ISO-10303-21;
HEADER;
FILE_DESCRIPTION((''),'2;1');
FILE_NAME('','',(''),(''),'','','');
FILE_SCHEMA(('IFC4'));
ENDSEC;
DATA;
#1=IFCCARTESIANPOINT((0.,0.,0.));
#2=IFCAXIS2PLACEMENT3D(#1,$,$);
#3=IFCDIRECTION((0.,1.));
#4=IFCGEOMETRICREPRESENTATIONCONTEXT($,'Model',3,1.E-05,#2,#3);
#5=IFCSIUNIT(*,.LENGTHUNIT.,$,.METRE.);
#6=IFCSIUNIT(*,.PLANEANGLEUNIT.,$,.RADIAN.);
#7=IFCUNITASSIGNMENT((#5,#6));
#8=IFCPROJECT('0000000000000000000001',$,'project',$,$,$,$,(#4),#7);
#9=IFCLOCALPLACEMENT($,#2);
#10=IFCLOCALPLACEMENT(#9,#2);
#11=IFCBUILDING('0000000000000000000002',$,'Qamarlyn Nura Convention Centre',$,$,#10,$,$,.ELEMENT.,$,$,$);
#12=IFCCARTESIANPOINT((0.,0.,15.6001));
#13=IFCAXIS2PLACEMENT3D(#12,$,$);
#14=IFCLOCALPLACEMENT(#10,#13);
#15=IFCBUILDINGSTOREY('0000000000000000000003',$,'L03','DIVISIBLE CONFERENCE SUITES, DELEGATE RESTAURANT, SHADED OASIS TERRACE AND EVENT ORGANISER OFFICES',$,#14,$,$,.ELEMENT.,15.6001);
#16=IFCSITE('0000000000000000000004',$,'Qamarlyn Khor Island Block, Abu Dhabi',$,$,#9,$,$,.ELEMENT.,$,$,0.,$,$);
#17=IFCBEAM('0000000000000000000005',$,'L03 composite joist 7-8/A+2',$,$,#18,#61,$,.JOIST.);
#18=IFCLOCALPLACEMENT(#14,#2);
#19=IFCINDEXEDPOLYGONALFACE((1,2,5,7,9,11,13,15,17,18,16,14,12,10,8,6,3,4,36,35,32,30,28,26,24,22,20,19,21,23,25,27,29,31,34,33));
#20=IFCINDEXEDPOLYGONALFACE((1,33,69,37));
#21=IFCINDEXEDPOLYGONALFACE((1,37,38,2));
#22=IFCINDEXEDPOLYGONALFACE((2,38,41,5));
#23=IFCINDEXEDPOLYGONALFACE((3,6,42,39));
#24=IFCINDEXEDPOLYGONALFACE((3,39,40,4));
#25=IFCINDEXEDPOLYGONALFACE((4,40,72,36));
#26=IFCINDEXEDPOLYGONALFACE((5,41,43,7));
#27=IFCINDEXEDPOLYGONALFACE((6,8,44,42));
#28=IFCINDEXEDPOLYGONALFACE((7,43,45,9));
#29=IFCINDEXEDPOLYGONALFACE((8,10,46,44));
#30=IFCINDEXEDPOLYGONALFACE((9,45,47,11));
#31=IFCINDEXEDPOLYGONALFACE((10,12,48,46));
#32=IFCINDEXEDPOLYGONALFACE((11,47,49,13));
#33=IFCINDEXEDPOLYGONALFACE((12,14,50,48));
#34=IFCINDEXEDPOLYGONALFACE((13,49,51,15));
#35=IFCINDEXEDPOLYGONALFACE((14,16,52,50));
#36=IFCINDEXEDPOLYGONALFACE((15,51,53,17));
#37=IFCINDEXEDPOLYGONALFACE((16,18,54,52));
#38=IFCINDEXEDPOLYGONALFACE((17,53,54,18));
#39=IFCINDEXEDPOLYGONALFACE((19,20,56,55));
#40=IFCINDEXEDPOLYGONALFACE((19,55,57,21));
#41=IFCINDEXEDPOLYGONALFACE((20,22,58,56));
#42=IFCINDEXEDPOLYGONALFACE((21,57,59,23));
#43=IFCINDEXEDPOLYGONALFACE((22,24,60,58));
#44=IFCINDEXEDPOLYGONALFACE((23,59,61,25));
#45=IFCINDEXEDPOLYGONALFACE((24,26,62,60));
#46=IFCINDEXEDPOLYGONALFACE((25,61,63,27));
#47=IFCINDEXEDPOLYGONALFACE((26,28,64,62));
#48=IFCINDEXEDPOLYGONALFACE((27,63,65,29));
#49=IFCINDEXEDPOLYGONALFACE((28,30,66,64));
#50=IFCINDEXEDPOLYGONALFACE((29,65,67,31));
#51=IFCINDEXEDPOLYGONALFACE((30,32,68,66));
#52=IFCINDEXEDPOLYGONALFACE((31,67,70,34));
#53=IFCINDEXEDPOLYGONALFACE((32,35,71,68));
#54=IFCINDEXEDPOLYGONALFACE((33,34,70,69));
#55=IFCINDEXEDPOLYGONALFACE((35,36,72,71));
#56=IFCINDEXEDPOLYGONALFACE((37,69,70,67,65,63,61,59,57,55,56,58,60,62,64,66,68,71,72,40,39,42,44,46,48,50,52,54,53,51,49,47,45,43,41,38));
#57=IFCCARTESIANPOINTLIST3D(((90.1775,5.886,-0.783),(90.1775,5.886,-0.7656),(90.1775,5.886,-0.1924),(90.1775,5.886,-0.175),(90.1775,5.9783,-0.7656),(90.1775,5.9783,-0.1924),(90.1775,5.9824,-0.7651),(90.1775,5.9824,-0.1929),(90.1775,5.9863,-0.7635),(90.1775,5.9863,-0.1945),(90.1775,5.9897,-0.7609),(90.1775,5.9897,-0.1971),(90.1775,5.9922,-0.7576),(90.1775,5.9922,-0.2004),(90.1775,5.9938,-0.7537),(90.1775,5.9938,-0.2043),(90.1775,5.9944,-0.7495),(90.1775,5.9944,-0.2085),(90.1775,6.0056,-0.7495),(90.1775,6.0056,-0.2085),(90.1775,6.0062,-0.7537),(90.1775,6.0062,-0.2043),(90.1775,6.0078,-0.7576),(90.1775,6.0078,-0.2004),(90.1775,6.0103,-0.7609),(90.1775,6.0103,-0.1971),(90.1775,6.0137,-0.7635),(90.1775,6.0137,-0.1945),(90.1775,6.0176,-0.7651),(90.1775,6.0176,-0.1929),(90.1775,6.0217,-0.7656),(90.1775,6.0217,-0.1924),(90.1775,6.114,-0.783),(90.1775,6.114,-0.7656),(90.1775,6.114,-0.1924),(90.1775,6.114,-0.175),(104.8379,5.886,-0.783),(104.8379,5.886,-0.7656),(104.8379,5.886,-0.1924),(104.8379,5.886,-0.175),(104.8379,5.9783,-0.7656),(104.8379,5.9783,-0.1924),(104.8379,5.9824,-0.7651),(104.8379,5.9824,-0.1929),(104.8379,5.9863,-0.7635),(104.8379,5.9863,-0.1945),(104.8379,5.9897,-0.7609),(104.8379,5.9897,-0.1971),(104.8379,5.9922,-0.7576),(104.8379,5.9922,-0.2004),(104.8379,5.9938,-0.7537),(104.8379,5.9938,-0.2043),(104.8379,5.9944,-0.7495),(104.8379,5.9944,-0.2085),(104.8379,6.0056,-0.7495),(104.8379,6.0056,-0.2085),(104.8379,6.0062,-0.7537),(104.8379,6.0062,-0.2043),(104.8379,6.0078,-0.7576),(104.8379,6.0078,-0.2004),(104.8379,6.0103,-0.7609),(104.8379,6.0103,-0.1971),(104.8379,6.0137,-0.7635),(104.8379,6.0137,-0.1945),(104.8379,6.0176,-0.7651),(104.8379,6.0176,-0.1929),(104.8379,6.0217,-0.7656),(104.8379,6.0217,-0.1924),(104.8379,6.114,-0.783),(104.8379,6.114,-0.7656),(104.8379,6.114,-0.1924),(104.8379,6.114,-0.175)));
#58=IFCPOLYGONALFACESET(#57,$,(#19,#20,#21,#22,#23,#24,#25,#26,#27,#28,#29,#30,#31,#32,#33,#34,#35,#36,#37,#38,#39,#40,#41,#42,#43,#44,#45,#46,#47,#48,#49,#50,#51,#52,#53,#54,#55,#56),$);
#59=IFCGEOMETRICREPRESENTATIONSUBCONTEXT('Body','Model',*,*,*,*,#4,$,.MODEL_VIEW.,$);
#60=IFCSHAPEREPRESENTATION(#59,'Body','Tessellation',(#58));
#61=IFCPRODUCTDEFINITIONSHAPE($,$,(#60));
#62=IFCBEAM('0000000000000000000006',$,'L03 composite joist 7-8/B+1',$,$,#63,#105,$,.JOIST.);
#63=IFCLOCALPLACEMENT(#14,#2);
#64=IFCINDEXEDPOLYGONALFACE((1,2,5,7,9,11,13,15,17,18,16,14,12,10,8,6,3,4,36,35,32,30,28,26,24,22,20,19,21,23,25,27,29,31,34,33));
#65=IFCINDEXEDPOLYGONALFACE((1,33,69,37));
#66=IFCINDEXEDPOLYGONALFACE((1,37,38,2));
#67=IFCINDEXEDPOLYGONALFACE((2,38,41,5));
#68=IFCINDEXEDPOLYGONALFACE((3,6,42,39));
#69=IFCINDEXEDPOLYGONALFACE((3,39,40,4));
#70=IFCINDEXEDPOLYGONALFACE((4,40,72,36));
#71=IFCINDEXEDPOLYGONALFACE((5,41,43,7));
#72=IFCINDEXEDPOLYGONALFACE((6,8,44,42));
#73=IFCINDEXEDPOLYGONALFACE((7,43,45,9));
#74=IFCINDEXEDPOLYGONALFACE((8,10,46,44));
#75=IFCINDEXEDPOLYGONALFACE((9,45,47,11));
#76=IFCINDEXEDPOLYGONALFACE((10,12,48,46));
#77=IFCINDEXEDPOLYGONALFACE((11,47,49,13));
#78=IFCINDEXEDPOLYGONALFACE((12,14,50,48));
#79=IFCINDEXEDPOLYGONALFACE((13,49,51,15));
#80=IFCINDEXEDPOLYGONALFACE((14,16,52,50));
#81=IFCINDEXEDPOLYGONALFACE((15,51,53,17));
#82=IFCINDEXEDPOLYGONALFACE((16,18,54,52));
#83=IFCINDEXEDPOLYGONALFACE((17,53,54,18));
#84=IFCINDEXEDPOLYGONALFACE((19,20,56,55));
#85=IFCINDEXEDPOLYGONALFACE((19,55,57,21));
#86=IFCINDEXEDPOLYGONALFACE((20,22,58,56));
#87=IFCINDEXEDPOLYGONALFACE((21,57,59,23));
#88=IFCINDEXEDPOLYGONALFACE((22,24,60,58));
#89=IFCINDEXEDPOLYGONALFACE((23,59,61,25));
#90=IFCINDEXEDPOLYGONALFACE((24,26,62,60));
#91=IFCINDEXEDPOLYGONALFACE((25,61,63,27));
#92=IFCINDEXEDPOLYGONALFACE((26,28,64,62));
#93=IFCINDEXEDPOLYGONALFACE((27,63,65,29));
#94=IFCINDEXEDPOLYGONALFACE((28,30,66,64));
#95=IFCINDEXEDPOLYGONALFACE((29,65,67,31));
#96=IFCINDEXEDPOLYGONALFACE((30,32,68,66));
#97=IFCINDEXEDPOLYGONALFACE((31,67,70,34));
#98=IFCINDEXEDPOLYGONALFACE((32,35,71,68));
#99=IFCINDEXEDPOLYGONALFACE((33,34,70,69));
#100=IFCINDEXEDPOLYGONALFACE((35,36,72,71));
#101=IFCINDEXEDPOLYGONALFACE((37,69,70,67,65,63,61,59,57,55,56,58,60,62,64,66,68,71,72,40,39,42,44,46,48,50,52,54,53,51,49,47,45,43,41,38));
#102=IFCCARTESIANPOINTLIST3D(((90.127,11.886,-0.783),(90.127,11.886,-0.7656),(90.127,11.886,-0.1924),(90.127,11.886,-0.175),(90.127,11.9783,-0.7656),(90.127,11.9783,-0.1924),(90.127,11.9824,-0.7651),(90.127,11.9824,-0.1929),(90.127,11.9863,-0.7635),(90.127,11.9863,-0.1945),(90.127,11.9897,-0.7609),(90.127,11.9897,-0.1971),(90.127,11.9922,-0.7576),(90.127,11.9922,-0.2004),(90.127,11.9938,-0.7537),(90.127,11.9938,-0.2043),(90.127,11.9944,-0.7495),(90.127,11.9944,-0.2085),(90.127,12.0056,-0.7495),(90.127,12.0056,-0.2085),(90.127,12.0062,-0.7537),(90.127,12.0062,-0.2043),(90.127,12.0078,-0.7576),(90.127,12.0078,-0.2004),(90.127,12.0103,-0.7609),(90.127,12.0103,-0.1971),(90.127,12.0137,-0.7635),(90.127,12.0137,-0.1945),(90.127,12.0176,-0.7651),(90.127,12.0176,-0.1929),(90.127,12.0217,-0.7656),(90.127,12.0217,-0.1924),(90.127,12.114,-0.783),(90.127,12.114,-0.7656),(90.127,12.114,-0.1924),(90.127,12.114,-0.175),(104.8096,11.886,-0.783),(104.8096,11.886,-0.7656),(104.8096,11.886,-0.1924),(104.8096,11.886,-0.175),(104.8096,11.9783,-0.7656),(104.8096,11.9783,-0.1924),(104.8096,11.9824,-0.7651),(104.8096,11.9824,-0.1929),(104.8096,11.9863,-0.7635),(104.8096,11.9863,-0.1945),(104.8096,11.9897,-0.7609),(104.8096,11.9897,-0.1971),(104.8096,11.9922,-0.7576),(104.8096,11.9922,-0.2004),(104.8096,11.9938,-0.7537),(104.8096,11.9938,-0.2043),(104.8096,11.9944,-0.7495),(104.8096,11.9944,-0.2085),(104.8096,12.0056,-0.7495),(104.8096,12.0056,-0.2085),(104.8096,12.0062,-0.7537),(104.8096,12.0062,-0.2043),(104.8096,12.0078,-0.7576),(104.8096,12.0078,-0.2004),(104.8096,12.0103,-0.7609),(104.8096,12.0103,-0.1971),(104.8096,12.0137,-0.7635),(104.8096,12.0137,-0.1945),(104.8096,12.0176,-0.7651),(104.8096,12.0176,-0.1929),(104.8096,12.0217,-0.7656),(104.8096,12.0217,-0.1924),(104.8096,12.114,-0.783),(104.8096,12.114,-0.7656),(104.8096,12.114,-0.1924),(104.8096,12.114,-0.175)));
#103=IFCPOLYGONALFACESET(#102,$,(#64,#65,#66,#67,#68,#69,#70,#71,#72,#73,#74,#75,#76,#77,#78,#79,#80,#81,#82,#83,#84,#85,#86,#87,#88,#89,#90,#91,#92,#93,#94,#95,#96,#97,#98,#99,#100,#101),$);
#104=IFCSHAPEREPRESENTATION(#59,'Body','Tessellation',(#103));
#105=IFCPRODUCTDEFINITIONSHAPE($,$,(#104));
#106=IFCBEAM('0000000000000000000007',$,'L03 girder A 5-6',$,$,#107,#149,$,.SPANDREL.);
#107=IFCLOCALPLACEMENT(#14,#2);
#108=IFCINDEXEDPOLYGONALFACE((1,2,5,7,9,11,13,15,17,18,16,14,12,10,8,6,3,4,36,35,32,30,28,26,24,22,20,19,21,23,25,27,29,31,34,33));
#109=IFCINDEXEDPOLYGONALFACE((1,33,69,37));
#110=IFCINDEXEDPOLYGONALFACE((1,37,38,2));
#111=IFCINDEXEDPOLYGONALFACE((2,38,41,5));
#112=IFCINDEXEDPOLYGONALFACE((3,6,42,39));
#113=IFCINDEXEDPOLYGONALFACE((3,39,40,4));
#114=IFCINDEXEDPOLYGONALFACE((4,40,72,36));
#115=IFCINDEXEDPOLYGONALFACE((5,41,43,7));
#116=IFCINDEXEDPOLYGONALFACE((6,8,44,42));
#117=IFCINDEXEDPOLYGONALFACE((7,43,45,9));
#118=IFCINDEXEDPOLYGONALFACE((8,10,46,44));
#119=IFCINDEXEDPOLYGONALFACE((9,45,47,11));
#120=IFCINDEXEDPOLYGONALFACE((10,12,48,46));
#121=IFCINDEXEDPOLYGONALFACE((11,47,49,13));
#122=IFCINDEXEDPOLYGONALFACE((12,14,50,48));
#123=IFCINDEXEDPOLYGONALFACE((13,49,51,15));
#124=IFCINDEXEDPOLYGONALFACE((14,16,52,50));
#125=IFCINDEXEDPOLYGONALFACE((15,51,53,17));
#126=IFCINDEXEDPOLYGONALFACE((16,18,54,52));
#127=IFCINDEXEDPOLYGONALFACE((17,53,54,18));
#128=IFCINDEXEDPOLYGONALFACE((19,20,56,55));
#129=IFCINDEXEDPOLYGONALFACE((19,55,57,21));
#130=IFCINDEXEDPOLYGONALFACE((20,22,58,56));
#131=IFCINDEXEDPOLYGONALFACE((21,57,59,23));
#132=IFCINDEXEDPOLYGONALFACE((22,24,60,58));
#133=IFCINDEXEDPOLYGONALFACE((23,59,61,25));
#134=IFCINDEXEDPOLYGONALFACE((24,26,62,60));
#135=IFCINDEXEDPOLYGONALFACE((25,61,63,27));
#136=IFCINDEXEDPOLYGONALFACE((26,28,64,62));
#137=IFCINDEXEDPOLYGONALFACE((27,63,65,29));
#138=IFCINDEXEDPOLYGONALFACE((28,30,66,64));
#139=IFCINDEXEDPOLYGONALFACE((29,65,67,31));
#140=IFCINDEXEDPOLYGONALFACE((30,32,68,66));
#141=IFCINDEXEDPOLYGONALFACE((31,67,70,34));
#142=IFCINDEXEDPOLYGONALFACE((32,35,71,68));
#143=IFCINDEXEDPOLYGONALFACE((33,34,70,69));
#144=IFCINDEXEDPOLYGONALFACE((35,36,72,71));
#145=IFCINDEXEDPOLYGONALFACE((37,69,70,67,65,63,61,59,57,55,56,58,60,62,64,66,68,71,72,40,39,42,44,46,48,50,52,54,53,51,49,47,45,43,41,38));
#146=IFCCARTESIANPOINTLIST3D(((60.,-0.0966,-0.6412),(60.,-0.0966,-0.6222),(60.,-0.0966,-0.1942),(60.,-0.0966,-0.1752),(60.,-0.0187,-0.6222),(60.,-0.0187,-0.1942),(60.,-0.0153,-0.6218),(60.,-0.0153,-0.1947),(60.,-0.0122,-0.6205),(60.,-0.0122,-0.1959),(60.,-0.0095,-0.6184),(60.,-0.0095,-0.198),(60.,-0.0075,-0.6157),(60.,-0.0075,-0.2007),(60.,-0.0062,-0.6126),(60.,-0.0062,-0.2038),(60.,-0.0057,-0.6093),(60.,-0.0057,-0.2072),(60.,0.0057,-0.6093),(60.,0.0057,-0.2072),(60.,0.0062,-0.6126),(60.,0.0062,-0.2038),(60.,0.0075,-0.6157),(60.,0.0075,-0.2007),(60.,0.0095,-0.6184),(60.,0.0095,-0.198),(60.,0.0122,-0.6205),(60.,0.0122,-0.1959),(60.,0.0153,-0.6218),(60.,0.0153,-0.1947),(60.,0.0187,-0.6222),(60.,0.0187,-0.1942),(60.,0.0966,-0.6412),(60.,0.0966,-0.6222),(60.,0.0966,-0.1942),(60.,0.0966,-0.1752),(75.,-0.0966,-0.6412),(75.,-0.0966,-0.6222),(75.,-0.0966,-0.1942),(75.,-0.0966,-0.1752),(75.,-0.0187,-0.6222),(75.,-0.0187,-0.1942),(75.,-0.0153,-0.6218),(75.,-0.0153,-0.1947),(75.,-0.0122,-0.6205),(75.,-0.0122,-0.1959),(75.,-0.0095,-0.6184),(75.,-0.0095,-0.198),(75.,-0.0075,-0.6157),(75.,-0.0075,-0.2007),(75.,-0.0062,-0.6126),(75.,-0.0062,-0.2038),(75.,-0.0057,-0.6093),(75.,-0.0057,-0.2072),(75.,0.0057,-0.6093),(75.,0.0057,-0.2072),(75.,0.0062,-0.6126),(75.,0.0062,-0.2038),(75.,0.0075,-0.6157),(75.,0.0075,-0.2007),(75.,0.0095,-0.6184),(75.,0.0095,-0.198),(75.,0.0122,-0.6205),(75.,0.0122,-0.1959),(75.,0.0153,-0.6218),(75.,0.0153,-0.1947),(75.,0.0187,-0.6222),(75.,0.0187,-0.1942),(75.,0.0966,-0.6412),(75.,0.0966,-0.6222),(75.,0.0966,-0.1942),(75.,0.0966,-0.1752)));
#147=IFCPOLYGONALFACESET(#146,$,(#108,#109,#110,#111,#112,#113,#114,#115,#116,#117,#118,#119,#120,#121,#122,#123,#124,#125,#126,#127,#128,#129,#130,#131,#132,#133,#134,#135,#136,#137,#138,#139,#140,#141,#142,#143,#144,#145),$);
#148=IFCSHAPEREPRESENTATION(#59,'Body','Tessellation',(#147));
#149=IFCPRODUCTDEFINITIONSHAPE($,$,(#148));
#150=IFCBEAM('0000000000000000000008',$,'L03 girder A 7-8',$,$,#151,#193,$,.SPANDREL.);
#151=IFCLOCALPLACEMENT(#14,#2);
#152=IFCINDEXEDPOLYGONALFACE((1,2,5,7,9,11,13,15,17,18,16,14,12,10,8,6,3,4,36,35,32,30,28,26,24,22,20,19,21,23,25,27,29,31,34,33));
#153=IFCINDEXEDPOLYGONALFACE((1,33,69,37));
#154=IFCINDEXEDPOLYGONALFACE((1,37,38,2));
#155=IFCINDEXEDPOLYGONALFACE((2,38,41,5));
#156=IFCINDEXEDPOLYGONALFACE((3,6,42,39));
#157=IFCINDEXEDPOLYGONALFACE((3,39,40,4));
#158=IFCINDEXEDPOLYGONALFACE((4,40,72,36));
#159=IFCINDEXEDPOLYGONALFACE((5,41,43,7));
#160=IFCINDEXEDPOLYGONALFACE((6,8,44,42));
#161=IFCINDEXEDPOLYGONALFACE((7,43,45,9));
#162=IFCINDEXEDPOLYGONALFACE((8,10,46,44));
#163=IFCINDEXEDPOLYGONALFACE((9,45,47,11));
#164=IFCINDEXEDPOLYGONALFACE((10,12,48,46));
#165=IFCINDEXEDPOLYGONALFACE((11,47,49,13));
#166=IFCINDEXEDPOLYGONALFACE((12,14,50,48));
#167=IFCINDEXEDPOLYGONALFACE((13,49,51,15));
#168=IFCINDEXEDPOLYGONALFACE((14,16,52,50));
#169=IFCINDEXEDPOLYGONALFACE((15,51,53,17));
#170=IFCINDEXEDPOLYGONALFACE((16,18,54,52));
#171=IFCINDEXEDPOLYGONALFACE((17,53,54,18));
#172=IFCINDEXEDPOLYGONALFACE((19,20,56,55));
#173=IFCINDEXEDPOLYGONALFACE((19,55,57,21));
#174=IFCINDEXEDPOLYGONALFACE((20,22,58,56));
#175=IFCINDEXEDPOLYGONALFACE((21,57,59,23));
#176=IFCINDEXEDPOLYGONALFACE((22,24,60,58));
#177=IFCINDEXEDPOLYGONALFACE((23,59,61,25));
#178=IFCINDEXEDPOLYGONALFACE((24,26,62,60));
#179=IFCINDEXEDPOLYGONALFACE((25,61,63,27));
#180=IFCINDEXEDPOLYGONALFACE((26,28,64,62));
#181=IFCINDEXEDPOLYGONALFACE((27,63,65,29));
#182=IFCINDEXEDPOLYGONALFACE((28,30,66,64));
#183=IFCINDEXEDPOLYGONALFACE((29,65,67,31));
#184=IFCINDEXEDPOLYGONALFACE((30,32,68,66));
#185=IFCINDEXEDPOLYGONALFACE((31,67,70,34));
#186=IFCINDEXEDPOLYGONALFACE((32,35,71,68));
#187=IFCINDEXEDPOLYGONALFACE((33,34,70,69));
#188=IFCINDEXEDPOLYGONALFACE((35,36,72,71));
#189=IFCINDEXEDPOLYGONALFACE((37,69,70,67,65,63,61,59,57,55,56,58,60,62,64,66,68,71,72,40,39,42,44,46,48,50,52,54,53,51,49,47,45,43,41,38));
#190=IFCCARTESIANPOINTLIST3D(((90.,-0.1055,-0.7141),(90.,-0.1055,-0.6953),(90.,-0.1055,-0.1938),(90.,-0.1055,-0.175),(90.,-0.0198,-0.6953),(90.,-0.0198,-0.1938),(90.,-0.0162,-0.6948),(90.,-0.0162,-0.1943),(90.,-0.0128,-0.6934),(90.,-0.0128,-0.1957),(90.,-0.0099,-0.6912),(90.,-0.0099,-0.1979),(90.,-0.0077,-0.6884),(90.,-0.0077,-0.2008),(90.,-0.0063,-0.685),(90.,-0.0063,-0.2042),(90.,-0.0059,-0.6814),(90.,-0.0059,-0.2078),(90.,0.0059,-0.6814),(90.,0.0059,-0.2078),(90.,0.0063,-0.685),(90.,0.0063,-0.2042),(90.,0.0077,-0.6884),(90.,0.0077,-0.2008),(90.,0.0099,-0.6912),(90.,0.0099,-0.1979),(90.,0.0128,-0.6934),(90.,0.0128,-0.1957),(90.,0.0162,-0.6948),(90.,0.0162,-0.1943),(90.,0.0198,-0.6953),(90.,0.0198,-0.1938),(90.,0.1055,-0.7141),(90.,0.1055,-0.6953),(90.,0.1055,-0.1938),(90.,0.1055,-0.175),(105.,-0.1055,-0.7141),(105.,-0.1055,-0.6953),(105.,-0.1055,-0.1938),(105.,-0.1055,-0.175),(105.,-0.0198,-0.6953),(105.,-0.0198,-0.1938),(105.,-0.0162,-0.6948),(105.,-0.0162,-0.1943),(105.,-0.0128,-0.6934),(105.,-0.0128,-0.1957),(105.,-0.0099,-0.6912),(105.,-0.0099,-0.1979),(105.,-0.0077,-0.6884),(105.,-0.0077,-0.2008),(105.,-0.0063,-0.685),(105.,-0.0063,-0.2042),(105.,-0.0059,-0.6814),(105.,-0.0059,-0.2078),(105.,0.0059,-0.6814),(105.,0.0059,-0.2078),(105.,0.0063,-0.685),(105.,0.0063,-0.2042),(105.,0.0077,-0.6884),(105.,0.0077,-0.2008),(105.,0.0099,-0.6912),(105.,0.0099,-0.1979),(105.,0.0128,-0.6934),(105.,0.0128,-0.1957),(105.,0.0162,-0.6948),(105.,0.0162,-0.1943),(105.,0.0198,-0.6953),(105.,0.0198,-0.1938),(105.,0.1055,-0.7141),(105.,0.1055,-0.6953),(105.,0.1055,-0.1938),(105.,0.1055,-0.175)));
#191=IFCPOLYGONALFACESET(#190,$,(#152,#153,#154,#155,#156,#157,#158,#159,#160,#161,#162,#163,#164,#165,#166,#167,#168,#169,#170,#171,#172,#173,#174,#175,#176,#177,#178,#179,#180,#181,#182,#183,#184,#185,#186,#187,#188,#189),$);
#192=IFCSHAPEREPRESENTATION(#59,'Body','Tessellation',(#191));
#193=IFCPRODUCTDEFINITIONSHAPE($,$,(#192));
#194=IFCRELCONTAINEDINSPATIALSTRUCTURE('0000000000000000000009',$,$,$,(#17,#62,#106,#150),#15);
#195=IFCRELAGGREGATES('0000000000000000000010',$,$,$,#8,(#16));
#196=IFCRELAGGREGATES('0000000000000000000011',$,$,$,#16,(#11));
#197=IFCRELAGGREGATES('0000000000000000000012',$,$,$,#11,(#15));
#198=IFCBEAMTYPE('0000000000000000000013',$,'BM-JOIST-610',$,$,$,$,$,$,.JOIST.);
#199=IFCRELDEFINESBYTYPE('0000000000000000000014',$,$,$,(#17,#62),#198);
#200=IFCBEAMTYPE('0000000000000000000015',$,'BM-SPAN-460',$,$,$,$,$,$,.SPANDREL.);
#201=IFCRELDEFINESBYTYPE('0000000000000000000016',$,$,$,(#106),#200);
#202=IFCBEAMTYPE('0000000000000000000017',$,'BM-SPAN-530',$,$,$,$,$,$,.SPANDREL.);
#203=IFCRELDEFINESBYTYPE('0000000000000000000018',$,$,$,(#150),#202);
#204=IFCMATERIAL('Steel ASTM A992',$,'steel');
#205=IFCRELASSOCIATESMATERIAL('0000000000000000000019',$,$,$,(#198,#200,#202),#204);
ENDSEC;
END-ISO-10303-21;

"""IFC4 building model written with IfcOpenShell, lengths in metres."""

from ifc_helpers import new_model, si_unit, direction, frame, origin, origin_2d, place, context, subcontext, project, spatial, i_section, extrude, material, material_profile, profile_set, type_object, element, save


model = new_model("IFC4")

# Units and contexts
model_context = context("Model", 3, precision=1e-05, world=origin(), true_north=direction((0.0, 1.0)))
body_context = subcontext(model_context, "Body", "Model", "MODEL_VIEW")
ifc_project = project(units=[si_unit("LENGTHUNIT", "METRE"), si_unit("PLANEANGLEUNIT", "RADIAN")], contexts=[model_context])

# Site, building, storey
site_placement = place(None, origin())
site = spatial("IfcSite", under=ifc_project, at=site_placement, Name="Qamarlyn Khor Island Block, Abu Dhabi", CompositionType="ELEMENT", RefElevation=0.0)
building_placement = place(site_placement, origin())
building = spatial("IfcBuilding", under=site, at=building_placement, Name="Qamarlyn Nura Convention Centre", CompositionType="ELEMENT")
storey_placement = place(building_placement, frame((0.0, 0.0, 15.6001)))
storey = spatial("IfcBuildingStorey", under=building, at=storey_placement, Name="L03", Description="DIVISIBLE CONFERENCE SUITES, DELEGATE RESTAURANT, SHADED OASIS TERRACE AND EVENT ORGANISER OFFICES", CompositionType="ELEMENT", Elevation=15.6001)

# Beams
ifc_material_1 = material(Name="Steel ASTM A992", Category="steel")
ifc_material_profile_1 = material_profile(ifc_material_1, i_section(OverallWidth=0.228, OverallDepth=0.6079, WebThickness=0.0112, FlangeThickness=0.0173, FilletRadius=0.0161, at=origin_2d()), Name="W610X113")
ifc_profile_set_1 = profile_set([ifc_material_profile_1], Name="Steel ASTM A992")
beam_type_1 = type_object("IfcBeamType", Name="BM-JOIST-610", PredefinedType="JOIST", material=ifc_profile_set_1)
for number, where, z_axis, x_axis, name in (
    (1, (90.1775, 6.0, -0.479), (1.0, 0.0, 0.0), (0.0, 1.0, 0.0), "L03 composite joist 7-8/A+2"),
):
    element("IfcBeam", number, at=place(storey_placement, frame(where, z_axis=z_axis, x_axis=x_axis)), inside=storey, type_object=beam_type_1, Name=name, PredefinedType="JOIST", context=body_context, shape_type="SweptSolid", body=[
        extrude(i_section(OverallWidth=0.228, OverallDepth=0.6079, WebThickness=0.0112, FlangeThickness=0.0173, FilletRadius=0.0161, at=origin_2d()), origin(), (0.0, 0.0, 1.0), 14.6604),
    ])
beam_1_placement = place(storey_placement, frame((90.127, 12.0, -0.479), z_axis=(1.0, 0.0, 0.0), x_axis=(0.0, 1.0, 0.0)))
element("IfcBeam", 2, at=beam_1_placement, inside=storey, type_object=beam_type_1, Name="L03 composite joist 7-8/B+1", PredefinedType="JOIST", context=body_context, shape_type="SweptSolid", body=[
    extrude(i_section(OverallWidth=0.228, OverallDepth=0.6079, WebThickness=0.0112, FlangeThickness=0.0173, FilletRadius=0.0161, at=origin_2d()), origin(), (0.0, 0.0, 1.0), 14.6826),
])
ifc_material_profile_2 = material_profile(ifc_material_1, i_section(OverallWidth=0.1931, OverallDepth=0.4661, WebThickness=0.0115, FlangeThickness=0.019, FilletRadius=0.0129, at=origin_2d()), Name="W460X97")
ifc_profile_set_2 = profile_set([ifc_material_profile_2], Name="Steel ASTM A992")
beam_type_2 = type_object("IfcBeamType", Name="BM-SPAN-460", PredefinedType="SPANDREL", material=ifc_profile_set_2)
beam_2_placement = place(storey_placement, frame((60.0, 0.0, -0.4082), z_axis=(1.0, 0.0, 0.0), x_axis=(0.0, 1.0, 0.0)))
element("IfcBeam", 3, at=beam_2_placement, inside=storey, type_object=beam_type_2, Name="L03 girder A 5-6", PredefinedType="SPANDREL", context=body_context, shape_type="SweptSolid", body=[
    extrude(i_section(OverallWidth=0.1931, OverallDepth=0.4661, WebThickness=0.0115, FlangeThickness=0.019, FilletRadius=0.0129, at=origin_2d()), origin(), (0.0, 0.0, 1.0), 15.0),
])
ifc_material_profile_3 = material_profile(ifc_material_1, i_section(OverallWidth=0.2109, OverallDepth=0.5391, WebThickness=0.0117, FlangeThickness=0.0188, FilletRadius=0.0139, at=origin_2d()), Name="W530X109")
ifc_profile_set_3 = profile_set([ifc_material_profile_3], Name="Steel ASTM A992")
beam_type_3 = type_object("IfcBeamType", Name="BM-SPAN-530", PredefinedType="SPANDREL", material=ifc_profile_set_3)
beam_3_placement = place(storey_placement, frame((90.0, 0.0, -0.4446), z_axis=(1.0, 0.0, 0.0), x_axis=(0.0, 1.0, 0.0)))
element("IfcBeam", 4, at=beam_3_placement, inside=storey, type_object=beam_type_3, Name="L03 girder A 7-8", PredefinedType="SPANDREL", context=body_context, shape_type="SweptSolid", body=[
    extrude(i_section(OverallWidth=0.2109, OverallDepth=0.5391, WebThickness=0.0117, FlangeThickness=0.0188, FilletRadius=0.0139, at=origin_2d()), origin(), (0.0, 0.0, 1.0), 15.0),
])

save(model, "model.ifc")
